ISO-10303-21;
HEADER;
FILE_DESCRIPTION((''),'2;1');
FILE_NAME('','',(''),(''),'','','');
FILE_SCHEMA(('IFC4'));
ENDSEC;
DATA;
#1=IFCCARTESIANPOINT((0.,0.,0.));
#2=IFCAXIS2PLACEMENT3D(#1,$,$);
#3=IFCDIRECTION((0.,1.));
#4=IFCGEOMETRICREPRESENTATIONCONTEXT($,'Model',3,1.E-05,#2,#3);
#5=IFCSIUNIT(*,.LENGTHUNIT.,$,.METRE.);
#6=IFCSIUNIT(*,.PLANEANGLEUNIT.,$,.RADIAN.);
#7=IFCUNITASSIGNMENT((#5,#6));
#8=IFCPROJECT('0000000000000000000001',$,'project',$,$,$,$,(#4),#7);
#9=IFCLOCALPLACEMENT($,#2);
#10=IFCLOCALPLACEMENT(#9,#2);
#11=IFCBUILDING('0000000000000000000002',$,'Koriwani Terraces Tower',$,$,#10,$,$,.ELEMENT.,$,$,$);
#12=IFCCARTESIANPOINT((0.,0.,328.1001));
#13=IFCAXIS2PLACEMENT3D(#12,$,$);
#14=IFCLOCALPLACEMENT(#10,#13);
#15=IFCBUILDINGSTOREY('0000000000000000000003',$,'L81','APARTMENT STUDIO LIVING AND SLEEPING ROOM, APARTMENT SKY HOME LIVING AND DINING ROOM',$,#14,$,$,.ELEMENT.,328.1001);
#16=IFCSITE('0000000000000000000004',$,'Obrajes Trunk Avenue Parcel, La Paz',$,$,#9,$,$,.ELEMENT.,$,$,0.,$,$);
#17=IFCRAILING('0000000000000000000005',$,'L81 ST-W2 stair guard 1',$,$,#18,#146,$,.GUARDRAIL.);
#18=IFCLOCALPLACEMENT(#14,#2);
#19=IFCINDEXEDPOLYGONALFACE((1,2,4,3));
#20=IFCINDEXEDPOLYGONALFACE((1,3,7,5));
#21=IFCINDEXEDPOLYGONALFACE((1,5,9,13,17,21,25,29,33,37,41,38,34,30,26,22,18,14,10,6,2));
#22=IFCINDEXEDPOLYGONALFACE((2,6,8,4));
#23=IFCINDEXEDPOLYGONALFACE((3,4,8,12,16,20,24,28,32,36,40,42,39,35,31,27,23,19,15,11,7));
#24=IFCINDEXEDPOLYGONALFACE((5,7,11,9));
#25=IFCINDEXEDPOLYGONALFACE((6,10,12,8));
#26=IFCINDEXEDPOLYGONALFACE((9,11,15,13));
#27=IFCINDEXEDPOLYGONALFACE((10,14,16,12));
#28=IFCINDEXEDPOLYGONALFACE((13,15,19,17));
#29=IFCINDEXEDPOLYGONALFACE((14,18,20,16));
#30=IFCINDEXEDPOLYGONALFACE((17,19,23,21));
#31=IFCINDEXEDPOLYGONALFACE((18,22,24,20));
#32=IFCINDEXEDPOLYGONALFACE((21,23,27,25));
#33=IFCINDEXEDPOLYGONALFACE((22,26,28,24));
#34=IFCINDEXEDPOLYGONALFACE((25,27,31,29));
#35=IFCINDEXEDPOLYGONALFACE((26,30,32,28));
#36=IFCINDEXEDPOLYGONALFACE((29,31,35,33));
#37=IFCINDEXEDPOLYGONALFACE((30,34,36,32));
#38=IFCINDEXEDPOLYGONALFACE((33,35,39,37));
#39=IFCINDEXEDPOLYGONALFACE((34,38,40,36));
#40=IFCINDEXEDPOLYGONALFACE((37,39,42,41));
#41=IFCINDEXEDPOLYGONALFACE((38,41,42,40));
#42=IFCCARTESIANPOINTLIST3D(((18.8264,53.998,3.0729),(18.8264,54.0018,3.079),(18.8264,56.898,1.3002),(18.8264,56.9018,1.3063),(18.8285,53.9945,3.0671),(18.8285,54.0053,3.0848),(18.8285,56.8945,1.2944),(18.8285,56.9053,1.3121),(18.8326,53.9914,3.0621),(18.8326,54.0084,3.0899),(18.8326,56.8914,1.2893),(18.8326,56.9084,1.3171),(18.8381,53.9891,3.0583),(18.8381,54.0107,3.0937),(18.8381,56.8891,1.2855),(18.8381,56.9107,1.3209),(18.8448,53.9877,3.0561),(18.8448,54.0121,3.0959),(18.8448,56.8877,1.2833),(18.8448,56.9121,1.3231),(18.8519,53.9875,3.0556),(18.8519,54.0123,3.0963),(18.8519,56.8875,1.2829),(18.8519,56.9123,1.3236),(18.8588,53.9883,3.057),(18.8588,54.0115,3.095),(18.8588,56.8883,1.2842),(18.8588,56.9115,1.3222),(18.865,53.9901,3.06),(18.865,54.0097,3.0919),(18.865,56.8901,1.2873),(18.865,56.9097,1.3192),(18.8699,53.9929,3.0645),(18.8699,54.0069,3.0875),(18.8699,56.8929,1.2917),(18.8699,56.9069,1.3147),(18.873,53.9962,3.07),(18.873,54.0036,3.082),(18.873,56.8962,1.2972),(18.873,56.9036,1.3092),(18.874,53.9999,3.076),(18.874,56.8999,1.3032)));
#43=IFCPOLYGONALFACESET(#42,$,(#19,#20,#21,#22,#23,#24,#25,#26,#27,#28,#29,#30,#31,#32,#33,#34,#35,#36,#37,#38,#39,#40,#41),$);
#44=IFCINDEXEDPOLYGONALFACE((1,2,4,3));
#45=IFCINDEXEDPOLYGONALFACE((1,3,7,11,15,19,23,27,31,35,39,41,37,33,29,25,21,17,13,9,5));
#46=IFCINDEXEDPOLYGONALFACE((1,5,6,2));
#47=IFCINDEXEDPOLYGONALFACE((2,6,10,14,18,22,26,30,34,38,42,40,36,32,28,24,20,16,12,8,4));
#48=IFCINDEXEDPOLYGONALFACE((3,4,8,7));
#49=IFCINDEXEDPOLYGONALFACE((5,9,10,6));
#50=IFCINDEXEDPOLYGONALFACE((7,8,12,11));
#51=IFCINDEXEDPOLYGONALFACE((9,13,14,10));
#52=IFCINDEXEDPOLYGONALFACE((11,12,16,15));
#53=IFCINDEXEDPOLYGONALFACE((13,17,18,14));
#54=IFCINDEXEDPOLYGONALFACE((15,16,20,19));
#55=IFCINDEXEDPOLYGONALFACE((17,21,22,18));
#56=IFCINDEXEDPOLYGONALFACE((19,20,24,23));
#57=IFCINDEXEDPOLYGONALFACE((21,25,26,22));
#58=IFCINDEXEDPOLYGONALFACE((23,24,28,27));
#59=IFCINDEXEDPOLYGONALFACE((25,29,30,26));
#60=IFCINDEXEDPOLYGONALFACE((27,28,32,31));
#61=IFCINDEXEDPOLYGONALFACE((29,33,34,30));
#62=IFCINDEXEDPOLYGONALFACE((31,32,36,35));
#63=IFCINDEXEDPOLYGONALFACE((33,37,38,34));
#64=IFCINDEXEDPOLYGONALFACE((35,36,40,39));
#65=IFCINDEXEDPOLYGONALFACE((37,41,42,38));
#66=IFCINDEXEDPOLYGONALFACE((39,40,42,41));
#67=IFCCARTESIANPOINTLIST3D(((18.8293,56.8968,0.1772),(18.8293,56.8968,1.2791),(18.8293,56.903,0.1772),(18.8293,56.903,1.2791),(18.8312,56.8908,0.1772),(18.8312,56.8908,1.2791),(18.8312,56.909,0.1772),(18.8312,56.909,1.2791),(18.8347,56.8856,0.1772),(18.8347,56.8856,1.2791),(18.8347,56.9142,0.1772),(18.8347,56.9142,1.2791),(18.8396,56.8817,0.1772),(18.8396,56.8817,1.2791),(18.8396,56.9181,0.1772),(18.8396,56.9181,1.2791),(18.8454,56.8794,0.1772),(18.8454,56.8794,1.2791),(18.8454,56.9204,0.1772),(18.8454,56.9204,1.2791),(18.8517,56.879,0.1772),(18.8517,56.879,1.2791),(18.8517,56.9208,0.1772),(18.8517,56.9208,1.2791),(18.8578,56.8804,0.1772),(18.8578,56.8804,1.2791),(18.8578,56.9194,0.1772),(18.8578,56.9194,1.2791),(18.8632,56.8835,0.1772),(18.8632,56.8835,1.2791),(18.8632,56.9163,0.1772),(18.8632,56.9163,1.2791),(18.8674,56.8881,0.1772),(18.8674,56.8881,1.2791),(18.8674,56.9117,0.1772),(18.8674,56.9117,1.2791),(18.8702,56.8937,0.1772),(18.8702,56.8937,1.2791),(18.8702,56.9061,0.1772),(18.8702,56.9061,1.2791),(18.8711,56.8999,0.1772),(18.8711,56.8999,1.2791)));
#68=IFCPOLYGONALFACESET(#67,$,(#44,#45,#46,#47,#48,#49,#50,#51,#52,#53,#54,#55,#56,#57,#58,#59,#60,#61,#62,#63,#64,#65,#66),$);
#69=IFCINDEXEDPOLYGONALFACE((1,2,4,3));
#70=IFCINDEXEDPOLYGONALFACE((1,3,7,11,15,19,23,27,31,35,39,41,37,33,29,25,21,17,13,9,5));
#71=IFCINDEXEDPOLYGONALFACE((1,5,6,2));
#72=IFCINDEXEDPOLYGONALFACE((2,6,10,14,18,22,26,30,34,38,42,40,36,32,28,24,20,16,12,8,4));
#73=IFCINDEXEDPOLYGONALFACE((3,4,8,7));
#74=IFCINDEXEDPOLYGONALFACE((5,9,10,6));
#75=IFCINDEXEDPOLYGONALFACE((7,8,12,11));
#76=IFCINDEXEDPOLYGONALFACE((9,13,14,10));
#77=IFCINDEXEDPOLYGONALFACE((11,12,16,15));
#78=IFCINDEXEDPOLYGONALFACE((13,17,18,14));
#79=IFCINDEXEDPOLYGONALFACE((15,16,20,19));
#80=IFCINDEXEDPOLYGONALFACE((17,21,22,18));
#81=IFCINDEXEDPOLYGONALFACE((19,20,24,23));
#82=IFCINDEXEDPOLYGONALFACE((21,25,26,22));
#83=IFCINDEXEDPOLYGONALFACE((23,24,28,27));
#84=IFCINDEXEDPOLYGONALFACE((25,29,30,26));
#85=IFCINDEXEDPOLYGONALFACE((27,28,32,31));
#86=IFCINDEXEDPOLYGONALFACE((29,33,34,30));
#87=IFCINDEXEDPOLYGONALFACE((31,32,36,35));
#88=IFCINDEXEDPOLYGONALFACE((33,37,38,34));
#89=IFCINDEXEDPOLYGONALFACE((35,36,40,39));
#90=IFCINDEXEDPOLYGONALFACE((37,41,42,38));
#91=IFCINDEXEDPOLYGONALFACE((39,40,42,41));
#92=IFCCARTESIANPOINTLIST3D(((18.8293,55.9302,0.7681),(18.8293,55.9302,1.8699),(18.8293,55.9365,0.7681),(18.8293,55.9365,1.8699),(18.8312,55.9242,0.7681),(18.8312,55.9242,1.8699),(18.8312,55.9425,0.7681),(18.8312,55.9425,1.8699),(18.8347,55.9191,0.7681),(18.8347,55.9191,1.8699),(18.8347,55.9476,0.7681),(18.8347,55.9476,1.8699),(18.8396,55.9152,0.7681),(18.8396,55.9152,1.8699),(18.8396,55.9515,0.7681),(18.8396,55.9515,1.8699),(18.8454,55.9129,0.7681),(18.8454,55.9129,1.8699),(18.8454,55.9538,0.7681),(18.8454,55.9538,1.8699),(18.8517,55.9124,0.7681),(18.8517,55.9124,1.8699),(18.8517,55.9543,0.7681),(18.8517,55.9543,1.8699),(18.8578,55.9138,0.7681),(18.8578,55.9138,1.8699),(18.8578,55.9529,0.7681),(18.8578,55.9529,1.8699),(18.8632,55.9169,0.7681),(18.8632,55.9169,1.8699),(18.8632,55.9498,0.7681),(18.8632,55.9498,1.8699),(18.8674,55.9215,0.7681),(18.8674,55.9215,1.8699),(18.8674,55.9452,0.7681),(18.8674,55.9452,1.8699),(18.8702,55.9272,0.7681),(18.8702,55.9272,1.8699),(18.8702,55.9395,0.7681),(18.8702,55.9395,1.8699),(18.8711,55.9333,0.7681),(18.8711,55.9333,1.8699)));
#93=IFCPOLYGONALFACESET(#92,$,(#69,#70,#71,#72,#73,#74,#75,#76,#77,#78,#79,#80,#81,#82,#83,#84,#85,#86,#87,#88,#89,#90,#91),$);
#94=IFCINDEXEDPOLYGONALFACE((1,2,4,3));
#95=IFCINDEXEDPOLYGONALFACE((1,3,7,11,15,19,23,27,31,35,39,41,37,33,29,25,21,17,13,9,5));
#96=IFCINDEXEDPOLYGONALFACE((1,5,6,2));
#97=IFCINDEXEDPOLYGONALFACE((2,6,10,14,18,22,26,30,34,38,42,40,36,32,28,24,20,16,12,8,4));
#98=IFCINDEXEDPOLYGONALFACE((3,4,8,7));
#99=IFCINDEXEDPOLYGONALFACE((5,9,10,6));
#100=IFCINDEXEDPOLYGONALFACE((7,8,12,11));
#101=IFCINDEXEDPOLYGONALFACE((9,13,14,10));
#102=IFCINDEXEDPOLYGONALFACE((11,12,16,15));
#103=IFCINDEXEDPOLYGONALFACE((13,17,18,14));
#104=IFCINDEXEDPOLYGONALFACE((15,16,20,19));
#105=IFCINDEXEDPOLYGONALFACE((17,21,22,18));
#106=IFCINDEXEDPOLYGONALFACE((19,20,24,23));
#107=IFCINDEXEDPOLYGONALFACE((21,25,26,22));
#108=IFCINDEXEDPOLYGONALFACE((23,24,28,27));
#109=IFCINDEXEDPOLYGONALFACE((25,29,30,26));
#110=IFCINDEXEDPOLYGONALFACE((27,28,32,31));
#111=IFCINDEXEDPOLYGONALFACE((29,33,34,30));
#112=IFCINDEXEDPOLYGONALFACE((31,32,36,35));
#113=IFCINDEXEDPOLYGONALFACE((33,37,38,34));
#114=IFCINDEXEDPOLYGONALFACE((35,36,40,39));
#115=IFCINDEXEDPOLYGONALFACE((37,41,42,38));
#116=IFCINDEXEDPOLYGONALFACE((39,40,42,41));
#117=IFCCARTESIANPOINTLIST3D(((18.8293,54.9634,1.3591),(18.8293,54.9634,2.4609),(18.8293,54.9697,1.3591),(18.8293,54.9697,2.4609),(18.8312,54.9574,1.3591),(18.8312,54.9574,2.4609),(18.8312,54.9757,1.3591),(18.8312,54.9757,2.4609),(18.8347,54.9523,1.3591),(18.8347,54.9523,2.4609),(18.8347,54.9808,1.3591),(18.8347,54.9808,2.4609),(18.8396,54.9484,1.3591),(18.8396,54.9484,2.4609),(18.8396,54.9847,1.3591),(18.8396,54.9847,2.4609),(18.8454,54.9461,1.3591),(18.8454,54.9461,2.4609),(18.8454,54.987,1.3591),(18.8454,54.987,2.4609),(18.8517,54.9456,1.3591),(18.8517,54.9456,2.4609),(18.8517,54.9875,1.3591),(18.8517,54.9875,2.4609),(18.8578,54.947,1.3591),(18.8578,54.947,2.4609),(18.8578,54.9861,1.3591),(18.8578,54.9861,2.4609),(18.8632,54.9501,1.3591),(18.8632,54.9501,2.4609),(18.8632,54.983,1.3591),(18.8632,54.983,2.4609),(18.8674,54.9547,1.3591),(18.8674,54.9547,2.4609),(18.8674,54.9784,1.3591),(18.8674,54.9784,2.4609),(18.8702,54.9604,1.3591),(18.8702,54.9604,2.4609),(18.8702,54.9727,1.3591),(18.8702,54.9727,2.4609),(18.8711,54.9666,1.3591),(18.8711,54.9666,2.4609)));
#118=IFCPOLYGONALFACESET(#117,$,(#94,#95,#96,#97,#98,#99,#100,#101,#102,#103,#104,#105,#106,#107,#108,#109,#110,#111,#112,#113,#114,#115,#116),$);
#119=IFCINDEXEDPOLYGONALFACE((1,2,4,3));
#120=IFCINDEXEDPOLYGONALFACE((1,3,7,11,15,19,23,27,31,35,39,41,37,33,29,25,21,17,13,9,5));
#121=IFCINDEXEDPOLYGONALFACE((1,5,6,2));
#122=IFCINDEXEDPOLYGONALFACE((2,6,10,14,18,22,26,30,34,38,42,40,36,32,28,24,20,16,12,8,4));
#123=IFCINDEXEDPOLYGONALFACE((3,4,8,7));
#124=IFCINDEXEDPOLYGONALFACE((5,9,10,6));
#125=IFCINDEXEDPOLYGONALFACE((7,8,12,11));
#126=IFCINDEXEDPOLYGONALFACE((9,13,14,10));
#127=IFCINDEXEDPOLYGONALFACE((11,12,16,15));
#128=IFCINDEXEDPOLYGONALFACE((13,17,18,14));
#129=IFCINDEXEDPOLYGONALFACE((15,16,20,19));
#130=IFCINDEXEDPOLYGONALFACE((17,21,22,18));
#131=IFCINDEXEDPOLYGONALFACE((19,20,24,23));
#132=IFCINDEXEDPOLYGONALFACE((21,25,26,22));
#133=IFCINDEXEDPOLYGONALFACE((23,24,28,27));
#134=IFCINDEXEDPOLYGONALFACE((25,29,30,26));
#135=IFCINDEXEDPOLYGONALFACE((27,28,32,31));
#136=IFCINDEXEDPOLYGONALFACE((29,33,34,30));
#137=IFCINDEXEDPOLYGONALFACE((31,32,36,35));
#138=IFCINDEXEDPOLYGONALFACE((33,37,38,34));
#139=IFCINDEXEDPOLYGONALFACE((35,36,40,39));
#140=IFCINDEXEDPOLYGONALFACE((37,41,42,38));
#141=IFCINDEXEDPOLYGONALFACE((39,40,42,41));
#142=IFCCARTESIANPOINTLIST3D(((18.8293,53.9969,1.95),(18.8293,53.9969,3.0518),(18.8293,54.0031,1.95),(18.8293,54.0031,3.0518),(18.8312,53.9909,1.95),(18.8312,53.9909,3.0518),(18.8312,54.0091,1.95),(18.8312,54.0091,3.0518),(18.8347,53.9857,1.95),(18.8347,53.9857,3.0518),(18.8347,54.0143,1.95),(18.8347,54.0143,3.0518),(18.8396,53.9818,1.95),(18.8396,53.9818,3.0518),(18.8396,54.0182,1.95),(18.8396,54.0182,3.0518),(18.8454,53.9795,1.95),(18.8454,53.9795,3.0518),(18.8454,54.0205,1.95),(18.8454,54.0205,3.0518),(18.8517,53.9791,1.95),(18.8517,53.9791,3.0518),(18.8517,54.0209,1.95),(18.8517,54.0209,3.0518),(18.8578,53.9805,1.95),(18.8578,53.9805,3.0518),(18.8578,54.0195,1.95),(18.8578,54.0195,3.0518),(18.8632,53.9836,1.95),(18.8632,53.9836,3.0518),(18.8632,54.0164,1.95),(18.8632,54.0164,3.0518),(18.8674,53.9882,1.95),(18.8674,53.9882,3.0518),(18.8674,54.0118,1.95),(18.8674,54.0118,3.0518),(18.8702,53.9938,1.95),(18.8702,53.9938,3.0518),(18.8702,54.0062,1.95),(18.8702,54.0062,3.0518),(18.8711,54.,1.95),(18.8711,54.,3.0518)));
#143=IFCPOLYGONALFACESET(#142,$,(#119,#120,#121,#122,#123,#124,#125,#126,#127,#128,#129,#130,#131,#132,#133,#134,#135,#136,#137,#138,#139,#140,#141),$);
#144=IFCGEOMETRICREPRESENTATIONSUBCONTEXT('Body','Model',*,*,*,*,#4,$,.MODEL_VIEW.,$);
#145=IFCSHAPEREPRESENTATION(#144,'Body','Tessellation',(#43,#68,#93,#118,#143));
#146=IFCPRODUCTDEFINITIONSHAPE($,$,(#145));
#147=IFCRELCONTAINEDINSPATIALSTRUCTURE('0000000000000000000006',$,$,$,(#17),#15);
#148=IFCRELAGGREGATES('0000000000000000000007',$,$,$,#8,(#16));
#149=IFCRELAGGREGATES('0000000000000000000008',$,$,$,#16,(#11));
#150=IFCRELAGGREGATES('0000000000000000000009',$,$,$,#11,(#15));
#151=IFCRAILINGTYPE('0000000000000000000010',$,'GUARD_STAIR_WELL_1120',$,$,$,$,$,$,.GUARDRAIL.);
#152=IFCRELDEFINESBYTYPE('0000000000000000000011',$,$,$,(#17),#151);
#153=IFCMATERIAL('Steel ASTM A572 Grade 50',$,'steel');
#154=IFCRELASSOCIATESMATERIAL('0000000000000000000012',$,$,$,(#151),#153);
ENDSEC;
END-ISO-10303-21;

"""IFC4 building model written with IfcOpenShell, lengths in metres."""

from ifc_helpers import new_model, si_unit, direction, frame, origin, origin_2d, place, context, subcontext, project, spatial, circle, extrude, material, type_object, element, save


model = new_model("IFC4")

# Units and contexts
model_context = context("Model", 3, precision=1e-05, world=origin(), true_north=direction((0.0, 1.0)))
body_context = subcontext(model_context, "Body", "Model", "MODEL_VIEW")
ifc_project = project(units=[si_unit("LENGTHUNIT", "METRE"), si_unit("PLANEANGLEUNIT", "RADIAN")], contexts=[model_context])

# Site, building, storey
site_placement = place(None, origin())
site = spatial("IfcSite", under=ifc_project, at=site_placement, Name="Obrajes Trunk Avenue Parcel, La Paz", CompositionType="ELEMENT", RefElevation=0.0)
building_placement = place(site_placement, origin())
building = spatial("IfcBuilding", under=site, at=building_placement, Name="Koriwani Terraces Tower", CompositionType="ELEMENT")
storey_placement = place(building_placement, frame((0.0, 0.0, 328.1001)))
storey = spatial("IfcBuildingStorey", under=building, at=storey_placement, Name="L81", Description="APARTMENT STUDIO LIVING AND SLEEPING ROOM, APARTMENT SKY HOME LIVING AND DINING ROOM", CompositionType="ELEMENT", Elevation=328.1001)

# Shared definitions
ifc_material_1 = material(Name="Steel ASTM A572 Grade 50", Category="steel")

# Railing
railing_type_1 = type_object("IfcRailingType", Name="GUARD_STAIR_WELL_1120", PredefinedType="GUARDRAIL", material=ifc_material_1)
railing_1_placement = place(storey_placement, frame((18.8501, 56.8999, 0.1772)))
element("IfcRailing", 1, at=railing_1_placement, inside=storey, type_object=railing_type_1, Name="L81 ST-W2 stair guard 1", PredefinedType="GUARDRAIL", context=body_context, shape_type="SweptSolid", body=[
    extrude(circle(Radius=0.0239, at=origin_2d()), frame((0.0, 0.0, 1.126), z_axis=(0.0, -0.853211, 0.521566), x_axis=(1.0, 0.0, 0.0)), (0.0, 0.0, 1.0), 3.3989),
    extrude(circle(Radius=0.021, at=origin_2d()), origin(), (0.0, 0.0, 1.0), 1.1018),
    extrude(circle(Radius=0.021, at=origin_2d()), frame((0.0, -0.9666, 0.5908)), (0.0, 0.0, 1.0), 1.1018),
    extrude(circle(Radius=0.021, at=origin_2d()), frame((0.0, -1.9333, 1.1819)), (0.0, 0.0, 1.0), 1.1018),
    extrude(circle(Radius=0.021, at=origin_2d()), frame((0.0, -2.8999, 1.7727)), (0.0, 0.0, 1.0), 1.1018),
])

save(model, "model.ifc")
